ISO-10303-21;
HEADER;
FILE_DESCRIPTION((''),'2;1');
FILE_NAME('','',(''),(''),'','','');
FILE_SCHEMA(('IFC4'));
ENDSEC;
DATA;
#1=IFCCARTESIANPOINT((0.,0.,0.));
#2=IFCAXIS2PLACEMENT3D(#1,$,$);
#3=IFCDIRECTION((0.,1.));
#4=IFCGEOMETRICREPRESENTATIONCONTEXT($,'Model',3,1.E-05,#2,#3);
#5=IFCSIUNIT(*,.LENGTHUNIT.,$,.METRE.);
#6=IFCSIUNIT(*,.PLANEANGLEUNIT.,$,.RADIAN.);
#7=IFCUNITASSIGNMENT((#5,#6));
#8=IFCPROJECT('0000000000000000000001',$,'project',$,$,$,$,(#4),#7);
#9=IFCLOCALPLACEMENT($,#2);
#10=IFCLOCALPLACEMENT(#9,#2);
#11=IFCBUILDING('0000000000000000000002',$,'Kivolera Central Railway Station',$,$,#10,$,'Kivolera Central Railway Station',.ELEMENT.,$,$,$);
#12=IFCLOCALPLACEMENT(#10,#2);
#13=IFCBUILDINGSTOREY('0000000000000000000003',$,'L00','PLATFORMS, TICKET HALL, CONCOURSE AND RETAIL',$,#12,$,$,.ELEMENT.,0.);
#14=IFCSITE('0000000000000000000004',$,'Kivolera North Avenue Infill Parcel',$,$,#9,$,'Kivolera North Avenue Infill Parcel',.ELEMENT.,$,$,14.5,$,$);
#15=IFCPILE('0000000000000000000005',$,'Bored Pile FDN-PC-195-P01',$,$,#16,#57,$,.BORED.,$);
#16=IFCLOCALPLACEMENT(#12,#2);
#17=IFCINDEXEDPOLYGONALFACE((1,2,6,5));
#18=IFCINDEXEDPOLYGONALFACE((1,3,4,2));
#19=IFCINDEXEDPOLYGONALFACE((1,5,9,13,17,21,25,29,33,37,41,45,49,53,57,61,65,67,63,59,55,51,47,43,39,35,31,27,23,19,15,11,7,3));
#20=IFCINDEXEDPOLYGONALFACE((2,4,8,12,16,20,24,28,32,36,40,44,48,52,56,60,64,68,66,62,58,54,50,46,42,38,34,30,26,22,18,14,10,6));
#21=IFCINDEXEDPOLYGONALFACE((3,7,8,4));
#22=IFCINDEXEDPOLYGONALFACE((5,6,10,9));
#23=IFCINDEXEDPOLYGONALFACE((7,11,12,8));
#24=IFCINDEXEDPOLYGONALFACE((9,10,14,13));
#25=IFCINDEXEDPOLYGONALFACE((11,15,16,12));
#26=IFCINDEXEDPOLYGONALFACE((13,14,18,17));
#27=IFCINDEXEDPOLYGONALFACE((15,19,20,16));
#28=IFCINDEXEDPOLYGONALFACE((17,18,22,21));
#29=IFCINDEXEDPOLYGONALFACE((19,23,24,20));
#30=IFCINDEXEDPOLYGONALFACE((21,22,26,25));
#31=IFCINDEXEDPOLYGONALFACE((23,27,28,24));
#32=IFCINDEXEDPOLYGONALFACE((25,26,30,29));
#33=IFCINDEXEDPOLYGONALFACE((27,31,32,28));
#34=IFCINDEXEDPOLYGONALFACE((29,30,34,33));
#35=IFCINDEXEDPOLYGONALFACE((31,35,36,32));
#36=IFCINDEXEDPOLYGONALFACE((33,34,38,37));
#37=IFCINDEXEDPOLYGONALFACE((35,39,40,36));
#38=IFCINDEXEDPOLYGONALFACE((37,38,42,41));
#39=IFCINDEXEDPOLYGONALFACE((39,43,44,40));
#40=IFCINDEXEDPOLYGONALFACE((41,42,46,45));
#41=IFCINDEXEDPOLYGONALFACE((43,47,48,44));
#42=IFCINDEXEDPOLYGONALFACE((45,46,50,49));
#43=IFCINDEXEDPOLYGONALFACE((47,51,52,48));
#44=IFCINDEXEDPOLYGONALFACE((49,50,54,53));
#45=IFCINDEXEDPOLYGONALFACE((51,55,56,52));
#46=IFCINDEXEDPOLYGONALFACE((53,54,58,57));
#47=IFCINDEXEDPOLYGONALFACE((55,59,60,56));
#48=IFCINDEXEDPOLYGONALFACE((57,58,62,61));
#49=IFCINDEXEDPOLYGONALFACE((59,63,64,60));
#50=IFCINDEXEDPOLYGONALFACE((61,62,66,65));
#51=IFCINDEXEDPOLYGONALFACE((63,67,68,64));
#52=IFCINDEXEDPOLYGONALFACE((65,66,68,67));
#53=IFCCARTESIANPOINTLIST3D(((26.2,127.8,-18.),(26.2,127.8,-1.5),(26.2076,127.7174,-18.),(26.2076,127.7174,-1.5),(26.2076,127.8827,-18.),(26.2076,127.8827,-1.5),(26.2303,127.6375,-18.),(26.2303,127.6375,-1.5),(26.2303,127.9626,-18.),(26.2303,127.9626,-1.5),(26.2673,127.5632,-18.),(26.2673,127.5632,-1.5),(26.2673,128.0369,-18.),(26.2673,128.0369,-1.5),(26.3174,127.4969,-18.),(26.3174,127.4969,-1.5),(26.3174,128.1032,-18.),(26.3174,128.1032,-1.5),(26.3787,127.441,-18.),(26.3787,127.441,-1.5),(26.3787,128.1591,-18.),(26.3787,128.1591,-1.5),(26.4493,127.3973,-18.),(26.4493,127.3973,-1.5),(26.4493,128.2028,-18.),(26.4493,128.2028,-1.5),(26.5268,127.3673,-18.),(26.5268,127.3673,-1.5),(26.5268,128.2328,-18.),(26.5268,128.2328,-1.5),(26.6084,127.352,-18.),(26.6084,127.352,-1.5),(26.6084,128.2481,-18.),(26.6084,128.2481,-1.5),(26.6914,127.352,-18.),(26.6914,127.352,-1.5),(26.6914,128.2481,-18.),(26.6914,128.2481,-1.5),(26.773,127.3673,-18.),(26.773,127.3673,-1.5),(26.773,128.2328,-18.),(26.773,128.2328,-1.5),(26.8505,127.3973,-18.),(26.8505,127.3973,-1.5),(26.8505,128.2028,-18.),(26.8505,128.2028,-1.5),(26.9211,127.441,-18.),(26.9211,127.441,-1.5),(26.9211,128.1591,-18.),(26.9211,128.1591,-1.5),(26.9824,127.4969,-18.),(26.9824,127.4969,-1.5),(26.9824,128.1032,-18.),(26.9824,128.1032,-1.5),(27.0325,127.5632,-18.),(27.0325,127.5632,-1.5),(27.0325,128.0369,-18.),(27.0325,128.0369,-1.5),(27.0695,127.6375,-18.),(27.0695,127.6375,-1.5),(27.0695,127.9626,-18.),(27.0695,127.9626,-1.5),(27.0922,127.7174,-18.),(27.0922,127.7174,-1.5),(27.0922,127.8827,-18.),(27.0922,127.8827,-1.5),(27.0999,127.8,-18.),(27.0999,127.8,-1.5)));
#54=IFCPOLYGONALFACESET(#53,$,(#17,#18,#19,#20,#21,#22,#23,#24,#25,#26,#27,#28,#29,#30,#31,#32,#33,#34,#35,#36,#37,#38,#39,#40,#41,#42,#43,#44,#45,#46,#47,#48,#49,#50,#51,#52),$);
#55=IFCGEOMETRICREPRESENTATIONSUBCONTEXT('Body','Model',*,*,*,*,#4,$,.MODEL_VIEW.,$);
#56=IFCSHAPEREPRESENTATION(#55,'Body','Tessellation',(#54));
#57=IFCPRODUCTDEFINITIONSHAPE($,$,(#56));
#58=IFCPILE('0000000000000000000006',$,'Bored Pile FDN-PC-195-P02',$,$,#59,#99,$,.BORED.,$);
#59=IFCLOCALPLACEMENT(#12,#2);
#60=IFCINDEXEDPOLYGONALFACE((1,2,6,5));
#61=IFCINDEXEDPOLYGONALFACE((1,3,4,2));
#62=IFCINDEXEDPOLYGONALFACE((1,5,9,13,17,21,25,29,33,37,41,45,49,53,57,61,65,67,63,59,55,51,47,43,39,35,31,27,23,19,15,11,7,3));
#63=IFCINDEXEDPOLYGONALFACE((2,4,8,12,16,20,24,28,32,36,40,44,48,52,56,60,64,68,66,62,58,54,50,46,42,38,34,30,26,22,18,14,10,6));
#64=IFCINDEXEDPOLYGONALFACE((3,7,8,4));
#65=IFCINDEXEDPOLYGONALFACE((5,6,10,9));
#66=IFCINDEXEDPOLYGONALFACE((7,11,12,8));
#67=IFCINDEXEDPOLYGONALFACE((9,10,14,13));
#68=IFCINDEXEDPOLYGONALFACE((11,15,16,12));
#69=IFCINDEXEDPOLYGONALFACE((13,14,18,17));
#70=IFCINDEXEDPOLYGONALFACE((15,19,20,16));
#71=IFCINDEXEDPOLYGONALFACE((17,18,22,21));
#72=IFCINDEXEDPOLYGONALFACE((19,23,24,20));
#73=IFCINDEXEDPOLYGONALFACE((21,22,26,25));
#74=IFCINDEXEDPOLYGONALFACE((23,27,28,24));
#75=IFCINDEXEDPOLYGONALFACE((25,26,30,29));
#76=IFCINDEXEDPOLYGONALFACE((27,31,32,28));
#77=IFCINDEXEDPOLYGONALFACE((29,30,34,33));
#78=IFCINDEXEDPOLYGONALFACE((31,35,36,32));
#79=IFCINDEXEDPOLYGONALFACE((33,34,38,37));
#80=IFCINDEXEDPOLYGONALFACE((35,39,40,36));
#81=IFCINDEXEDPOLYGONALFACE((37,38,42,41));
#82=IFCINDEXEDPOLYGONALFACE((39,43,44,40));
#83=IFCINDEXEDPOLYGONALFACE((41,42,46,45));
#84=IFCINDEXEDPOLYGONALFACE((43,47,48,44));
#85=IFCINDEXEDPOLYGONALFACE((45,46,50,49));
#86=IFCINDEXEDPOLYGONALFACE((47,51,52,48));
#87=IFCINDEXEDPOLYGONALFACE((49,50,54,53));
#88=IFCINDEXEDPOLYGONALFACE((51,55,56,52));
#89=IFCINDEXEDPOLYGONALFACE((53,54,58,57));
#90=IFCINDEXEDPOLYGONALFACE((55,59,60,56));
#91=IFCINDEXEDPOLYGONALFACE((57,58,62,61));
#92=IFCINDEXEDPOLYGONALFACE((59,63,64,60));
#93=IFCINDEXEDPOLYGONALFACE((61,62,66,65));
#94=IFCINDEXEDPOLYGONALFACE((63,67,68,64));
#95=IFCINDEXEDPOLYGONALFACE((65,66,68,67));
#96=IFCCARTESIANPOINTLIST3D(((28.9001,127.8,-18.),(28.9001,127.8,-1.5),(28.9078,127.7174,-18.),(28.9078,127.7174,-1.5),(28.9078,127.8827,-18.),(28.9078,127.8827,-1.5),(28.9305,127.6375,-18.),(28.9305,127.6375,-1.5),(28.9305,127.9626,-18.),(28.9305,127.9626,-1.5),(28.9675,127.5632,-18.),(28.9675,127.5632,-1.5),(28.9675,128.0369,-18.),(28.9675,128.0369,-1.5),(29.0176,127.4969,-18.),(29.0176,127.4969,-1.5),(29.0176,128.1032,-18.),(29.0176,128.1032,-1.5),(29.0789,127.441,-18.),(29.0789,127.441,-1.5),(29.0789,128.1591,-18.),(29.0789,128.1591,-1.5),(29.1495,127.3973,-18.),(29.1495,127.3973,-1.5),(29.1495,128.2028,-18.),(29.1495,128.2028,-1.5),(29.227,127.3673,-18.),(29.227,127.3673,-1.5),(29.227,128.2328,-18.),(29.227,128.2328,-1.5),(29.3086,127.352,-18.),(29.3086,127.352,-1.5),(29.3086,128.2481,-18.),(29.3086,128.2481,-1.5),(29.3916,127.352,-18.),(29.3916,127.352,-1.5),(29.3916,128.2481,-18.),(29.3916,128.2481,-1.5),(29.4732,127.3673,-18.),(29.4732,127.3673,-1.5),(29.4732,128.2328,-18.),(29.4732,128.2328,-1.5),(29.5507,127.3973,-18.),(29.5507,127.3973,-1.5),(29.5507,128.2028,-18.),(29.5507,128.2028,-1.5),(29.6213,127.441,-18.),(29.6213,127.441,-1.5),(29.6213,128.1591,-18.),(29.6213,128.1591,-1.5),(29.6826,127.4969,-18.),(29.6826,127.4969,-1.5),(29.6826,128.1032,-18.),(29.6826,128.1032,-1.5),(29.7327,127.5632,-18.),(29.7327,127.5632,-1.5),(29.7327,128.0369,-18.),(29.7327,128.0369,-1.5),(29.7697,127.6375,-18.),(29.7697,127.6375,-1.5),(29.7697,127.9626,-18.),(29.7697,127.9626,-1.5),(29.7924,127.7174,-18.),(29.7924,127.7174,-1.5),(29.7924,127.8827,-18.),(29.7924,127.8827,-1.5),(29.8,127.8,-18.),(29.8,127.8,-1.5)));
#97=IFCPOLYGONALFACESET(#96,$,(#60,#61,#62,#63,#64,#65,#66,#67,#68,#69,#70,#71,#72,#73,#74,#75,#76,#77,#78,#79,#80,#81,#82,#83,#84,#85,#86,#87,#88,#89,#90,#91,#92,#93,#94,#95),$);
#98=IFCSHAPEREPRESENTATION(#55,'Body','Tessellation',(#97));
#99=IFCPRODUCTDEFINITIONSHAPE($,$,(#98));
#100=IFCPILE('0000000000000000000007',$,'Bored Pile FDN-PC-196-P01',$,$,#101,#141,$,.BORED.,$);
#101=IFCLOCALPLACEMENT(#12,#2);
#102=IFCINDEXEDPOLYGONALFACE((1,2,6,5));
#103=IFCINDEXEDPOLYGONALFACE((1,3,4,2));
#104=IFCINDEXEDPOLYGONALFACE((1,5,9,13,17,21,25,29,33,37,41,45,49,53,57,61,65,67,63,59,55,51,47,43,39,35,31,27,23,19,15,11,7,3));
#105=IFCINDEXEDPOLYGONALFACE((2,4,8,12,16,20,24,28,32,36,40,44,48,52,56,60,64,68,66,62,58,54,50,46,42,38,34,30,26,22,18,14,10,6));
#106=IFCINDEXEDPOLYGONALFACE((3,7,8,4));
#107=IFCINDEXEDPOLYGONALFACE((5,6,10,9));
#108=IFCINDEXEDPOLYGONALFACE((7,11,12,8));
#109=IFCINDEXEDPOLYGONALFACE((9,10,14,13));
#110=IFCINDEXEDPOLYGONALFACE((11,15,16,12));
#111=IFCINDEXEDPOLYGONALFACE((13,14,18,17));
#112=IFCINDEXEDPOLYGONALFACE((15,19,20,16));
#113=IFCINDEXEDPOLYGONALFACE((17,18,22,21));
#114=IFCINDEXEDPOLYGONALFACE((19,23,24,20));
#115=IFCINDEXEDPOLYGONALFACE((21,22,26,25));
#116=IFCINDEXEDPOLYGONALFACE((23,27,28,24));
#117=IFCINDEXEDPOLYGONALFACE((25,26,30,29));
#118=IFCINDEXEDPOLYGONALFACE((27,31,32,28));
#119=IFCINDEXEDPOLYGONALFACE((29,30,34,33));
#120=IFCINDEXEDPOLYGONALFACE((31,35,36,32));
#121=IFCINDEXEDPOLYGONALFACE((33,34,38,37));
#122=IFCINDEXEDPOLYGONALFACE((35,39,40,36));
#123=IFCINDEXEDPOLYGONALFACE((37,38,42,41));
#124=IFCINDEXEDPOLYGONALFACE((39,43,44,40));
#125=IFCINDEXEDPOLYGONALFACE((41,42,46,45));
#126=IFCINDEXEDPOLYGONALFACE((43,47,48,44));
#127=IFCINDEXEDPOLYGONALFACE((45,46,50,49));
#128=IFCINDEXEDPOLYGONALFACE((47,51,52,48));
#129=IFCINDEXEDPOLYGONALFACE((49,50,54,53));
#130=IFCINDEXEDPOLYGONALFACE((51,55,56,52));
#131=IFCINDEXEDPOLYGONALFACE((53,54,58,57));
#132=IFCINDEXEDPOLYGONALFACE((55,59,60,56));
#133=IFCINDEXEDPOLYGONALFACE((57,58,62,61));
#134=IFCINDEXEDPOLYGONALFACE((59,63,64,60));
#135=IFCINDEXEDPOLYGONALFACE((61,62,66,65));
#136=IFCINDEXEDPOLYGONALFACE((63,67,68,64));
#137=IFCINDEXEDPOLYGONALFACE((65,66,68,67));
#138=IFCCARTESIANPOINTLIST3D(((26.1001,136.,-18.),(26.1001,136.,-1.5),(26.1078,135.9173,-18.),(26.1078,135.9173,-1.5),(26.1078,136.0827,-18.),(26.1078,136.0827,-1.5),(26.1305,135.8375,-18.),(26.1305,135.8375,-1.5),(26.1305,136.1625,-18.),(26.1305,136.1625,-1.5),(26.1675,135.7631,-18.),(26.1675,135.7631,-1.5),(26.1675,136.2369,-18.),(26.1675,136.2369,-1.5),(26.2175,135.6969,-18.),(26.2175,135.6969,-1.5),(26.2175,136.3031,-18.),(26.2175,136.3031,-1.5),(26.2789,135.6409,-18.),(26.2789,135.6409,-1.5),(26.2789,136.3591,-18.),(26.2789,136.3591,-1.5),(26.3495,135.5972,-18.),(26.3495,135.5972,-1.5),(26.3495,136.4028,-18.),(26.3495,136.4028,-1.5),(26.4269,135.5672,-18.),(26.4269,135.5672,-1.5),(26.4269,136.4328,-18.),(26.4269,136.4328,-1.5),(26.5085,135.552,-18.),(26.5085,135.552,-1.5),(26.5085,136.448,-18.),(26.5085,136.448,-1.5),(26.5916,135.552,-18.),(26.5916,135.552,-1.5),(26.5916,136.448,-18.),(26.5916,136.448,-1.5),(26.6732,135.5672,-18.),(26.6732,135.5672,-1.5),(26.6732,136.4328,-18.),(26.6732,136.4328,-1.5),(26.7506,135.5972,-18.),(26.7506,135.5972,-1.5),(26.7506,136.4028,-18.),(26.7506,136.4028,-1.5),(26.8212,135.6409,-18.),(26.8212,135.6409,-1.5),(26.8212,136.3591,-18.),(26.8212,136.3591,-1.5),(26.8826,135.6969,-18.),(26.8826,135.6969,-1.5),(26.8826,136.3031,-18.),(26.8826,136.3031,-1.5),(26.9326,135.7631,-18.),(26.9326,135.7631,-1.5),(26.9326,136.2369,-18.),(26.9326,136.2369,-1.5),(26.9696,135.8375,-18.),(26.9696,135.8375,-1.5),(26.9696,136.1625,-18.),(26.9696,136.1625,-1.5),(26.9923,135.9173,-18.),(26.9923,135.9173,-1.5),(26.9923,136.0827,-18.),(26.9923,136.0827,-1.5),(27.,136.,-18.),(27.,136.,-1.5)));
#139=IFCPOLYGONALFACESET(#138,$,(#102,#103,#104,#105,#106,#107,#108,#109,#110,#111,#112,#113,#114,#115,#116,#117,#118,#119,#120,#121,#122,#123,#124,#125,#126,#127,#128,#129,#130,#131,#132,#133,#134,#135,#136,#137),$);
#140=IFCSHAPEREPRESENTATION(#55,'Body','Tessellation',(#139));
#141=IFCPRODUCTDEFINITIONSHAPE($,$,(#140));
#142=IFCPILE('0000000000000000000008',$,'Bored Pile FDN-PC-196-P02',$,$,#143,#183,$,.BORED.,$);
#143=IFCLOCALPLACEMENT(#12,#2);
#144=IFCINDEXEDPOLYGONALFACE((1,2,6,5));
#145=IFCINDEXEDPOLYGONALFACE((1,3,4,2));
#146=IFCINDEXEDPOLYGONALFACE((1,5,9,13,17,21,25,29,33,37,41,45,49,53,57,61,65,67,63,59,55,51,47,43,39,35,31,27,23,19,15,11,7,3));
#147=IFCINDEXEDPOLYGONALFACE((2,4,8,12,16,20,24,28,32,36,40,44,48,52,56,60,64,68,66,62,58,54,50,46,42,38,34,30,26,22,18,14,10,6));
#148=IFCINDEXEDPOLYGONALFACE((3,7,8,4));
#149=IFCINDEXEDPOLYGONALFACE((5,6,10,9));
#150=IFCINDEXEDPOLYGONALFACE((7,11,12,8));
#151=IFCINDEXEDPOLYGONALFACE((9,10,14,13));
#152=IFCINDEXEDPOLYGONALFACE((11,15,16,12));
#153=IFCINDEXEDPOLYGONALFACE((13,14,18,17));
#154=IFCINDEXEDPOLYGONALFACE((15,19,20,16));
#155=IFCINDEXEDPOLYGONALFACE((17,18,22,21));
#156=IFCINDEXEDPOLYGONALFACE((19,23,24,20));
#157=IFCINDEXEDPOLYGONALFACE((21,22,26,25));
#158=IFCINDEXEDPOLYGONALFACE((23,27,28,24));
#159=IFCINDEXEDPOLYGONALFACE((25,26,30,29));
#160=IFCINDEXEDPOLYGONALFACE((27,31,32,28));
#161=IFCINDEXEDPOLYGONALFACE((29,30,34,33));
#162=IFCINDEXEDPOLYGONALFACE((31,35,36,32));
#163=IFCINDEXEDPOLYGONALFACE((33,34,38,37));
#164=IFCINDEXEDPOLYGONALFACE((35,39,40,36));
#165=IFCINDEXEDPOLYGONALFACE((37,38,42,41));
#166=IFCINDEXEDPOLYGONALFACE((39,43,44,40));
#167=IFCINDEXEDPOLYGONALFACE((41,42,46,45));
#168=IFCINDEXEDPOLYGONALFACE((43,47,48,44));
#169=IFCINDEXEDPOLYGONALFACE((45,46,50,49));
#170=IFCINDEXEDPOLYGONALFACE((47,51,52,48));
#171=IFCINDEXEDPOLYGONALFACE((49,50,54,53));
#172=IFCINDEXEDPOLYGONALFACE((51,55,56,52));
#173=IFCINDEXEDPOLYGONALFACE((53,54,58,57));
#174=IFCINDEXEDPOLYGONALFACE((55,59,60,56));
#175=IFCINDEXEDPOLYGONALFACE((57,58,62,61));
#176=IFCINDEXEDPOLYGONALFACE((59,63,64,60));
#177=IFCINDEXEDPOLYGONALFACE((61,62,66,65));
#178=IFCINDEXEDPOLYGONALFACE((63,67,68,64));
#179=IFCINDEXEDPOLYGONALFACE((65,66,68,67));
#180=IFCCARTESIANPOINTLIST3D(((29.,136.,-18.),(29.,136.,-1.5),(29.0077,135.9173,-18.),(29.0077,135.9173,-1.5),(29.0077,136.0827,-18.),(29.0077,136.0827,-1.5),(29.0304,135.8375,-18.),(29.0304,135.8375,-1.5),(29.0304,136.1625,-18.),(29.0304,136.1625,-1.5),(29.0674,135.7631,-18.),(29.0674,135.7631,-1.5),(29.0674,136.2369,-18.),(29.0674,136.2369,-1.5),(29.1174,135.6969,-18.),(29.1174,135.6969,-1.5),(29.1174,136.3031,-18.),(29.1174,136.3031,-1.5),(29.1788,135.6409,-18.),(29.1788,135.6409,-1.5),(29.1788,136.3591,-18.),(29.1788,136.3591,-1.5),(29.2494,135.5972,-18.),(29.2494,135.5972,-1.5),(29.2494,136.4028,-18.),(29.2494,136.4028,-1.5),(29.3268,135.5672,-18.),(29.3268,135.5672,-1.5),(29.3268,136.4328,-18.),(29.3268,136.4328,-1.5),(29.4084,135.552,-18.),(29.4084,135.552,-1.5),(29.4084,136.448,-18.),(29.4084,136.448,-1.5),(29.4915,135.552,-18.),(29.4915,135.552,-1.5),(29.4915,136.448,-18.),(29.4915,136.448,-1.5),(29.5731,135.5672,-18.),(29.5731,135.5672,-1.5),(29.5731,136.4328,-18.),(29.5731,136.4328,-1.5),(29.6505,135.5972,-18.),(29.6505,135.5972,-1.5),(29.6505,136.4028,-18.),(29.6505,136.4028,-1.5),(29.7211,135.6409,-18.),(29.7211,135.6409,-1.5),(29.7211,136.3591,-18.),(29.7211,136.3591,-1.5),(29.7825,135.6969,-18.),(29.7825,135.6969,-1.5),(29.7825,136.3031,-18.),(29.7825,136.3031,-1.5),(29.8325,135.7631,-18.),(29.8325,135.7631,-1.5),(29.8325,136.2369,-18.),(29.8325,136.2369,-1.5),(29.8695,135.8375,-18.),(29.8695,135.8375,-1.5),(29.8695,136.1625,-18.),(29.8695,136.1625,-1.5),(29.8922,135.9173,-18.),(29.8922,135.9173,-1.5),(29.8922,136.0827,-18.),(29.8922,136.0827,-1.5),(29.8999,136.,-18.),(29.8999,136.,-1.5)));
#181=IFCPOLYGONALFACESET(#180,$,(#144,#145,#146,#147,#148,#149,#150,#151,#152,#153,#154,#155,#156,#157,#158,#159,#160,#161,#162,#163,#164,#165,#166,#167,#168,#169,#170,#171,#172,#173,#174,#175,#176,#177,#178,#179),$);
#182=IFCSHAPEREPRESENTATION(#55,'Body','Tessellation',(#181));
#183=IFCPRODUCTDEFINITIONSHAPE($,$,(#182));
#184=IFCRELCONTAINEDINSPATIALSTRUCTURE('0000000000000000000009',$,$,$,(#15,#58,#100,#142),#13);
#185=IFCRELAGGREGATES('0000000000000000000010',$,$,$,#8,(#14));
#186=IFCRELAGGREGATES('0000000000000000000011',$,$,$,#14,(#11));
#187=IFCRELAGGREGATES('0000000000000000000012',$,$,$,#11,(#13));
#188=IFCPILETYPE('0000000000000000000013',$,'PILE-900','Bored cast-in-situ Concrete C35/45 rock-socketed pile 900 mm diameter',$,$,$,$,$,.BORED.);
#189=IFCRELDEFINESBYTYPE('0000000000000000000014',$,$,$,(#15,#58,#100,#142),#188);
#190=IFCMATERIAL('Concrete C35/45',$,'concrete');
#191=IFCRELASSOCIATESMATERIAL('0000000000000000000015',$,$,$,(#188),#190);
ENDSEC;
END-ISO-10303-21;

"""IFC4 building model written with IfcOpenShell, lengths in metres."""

from ifc_helpers import new_model, si_unit, direction, frame, origin, origin_2d, place, context, subcontext, project, spatial, circle, extrude, material, material_profile, profile_set, type_object, element, save


model = new_model("IFC4")

# Units and contexts
model_context = context("Model", 3, precision=1e-05, world=origin(), true_north=direction((0.0, 1.0)))
body_context = subcontext(model_context, "Body", "Model", "MODEL_VIEW")
ifc_project = project(units=[si_unit("LENGTHUNIT", "METRE"), si_unit("PLANEANGLEUNIT", "RADIAN")], contexts=[model_context])

# Site, building, storey
site_placement = place(None, origin())
site = spatial("IfcSite", under=ifc_project, at=site_placement, Name="Kivolera North Avenue Infill Parcel", LongName="Kivolera North Avenue Infill Parcel", CompositionType="ELEMENT", RefElevation=14.5)
building_placement = place(site_placement, origin())
building = spatial("IfcBuilding", under=site, at=building_placement, Name="Kivolera Central Railway Station", LongName="Kivolera Central Railway Station", CompositionType="ELEMENT")
storey_placement = place(building_placement, origin())
storey = spatial("IfcBuildingStorey", under=building, at=storey_placement, Name="L00", Description="PLATFORMS, TICKET HALL, CONCOURSE AND RETAIL", CompositionType="ELEMENT", Elevation=0.0)

# Shared definitions
ifc_material_1 = material(Name="Concrete C35/45", Category="concrete")

# Piles
ifc_material_profile_1 = material_profile(ifc_material_1, circle(Radius=0.45, at=origin_2d()), Name="PILE D900")
ifc_profile_set_1 = profile_set([ifc_material_profile_1], Name="Concrete C35/45")
pile_type_1 = type_object("IfcPileType", Name="PILE-900", Description="Bored cast-in-situ Concrete C35/45 rock-socketed pile 900 mm diameter", PredefinedType="BORED", material=ifc_profile_set_1)
for number, where, z_axis, x_axis, name in (
    (1, (26.6499, 127.8, -1.5), (0.0, 0.0, -1.0), (1.0, 0.0, 0.0), "Bored Pile FDN-PC-195-P01"),
    (2, (29.3501, 127.8, -1.5), (0.0, 0.0, -1.0), (1.0, 0.0, 0.0), "Bored Pile FDN-PC-195-P02"),
    (3, (26.55, 136.0, -1.5), (0.0, 0.0, -1.0), (1.0, 0.0, 0.0), "Bored Pile FDN-PC-196-P01"),
    (4, (29.45, 136.0, -1.5), (0.0, 0.0, -1.0), (1.0, 0.0, 0.0), "Bored Pile FDN-PC-196-P02"),
):
    element("IfcPile", number, at=place(storey_placement, frame(where, z_axis=z_axis, x_axis=x_axis)), inside=storey, type_object=pile_type_1, Name=name, PredefinedType="BORED", context=body_context, shape_type="SweptSolid", body=[
        extrude(circle(Radius=0.45, at=origin_2d()), origin(), (0.0, 0.0, 1.0), 16.5),
    ])

save(model, "model.ifc")
